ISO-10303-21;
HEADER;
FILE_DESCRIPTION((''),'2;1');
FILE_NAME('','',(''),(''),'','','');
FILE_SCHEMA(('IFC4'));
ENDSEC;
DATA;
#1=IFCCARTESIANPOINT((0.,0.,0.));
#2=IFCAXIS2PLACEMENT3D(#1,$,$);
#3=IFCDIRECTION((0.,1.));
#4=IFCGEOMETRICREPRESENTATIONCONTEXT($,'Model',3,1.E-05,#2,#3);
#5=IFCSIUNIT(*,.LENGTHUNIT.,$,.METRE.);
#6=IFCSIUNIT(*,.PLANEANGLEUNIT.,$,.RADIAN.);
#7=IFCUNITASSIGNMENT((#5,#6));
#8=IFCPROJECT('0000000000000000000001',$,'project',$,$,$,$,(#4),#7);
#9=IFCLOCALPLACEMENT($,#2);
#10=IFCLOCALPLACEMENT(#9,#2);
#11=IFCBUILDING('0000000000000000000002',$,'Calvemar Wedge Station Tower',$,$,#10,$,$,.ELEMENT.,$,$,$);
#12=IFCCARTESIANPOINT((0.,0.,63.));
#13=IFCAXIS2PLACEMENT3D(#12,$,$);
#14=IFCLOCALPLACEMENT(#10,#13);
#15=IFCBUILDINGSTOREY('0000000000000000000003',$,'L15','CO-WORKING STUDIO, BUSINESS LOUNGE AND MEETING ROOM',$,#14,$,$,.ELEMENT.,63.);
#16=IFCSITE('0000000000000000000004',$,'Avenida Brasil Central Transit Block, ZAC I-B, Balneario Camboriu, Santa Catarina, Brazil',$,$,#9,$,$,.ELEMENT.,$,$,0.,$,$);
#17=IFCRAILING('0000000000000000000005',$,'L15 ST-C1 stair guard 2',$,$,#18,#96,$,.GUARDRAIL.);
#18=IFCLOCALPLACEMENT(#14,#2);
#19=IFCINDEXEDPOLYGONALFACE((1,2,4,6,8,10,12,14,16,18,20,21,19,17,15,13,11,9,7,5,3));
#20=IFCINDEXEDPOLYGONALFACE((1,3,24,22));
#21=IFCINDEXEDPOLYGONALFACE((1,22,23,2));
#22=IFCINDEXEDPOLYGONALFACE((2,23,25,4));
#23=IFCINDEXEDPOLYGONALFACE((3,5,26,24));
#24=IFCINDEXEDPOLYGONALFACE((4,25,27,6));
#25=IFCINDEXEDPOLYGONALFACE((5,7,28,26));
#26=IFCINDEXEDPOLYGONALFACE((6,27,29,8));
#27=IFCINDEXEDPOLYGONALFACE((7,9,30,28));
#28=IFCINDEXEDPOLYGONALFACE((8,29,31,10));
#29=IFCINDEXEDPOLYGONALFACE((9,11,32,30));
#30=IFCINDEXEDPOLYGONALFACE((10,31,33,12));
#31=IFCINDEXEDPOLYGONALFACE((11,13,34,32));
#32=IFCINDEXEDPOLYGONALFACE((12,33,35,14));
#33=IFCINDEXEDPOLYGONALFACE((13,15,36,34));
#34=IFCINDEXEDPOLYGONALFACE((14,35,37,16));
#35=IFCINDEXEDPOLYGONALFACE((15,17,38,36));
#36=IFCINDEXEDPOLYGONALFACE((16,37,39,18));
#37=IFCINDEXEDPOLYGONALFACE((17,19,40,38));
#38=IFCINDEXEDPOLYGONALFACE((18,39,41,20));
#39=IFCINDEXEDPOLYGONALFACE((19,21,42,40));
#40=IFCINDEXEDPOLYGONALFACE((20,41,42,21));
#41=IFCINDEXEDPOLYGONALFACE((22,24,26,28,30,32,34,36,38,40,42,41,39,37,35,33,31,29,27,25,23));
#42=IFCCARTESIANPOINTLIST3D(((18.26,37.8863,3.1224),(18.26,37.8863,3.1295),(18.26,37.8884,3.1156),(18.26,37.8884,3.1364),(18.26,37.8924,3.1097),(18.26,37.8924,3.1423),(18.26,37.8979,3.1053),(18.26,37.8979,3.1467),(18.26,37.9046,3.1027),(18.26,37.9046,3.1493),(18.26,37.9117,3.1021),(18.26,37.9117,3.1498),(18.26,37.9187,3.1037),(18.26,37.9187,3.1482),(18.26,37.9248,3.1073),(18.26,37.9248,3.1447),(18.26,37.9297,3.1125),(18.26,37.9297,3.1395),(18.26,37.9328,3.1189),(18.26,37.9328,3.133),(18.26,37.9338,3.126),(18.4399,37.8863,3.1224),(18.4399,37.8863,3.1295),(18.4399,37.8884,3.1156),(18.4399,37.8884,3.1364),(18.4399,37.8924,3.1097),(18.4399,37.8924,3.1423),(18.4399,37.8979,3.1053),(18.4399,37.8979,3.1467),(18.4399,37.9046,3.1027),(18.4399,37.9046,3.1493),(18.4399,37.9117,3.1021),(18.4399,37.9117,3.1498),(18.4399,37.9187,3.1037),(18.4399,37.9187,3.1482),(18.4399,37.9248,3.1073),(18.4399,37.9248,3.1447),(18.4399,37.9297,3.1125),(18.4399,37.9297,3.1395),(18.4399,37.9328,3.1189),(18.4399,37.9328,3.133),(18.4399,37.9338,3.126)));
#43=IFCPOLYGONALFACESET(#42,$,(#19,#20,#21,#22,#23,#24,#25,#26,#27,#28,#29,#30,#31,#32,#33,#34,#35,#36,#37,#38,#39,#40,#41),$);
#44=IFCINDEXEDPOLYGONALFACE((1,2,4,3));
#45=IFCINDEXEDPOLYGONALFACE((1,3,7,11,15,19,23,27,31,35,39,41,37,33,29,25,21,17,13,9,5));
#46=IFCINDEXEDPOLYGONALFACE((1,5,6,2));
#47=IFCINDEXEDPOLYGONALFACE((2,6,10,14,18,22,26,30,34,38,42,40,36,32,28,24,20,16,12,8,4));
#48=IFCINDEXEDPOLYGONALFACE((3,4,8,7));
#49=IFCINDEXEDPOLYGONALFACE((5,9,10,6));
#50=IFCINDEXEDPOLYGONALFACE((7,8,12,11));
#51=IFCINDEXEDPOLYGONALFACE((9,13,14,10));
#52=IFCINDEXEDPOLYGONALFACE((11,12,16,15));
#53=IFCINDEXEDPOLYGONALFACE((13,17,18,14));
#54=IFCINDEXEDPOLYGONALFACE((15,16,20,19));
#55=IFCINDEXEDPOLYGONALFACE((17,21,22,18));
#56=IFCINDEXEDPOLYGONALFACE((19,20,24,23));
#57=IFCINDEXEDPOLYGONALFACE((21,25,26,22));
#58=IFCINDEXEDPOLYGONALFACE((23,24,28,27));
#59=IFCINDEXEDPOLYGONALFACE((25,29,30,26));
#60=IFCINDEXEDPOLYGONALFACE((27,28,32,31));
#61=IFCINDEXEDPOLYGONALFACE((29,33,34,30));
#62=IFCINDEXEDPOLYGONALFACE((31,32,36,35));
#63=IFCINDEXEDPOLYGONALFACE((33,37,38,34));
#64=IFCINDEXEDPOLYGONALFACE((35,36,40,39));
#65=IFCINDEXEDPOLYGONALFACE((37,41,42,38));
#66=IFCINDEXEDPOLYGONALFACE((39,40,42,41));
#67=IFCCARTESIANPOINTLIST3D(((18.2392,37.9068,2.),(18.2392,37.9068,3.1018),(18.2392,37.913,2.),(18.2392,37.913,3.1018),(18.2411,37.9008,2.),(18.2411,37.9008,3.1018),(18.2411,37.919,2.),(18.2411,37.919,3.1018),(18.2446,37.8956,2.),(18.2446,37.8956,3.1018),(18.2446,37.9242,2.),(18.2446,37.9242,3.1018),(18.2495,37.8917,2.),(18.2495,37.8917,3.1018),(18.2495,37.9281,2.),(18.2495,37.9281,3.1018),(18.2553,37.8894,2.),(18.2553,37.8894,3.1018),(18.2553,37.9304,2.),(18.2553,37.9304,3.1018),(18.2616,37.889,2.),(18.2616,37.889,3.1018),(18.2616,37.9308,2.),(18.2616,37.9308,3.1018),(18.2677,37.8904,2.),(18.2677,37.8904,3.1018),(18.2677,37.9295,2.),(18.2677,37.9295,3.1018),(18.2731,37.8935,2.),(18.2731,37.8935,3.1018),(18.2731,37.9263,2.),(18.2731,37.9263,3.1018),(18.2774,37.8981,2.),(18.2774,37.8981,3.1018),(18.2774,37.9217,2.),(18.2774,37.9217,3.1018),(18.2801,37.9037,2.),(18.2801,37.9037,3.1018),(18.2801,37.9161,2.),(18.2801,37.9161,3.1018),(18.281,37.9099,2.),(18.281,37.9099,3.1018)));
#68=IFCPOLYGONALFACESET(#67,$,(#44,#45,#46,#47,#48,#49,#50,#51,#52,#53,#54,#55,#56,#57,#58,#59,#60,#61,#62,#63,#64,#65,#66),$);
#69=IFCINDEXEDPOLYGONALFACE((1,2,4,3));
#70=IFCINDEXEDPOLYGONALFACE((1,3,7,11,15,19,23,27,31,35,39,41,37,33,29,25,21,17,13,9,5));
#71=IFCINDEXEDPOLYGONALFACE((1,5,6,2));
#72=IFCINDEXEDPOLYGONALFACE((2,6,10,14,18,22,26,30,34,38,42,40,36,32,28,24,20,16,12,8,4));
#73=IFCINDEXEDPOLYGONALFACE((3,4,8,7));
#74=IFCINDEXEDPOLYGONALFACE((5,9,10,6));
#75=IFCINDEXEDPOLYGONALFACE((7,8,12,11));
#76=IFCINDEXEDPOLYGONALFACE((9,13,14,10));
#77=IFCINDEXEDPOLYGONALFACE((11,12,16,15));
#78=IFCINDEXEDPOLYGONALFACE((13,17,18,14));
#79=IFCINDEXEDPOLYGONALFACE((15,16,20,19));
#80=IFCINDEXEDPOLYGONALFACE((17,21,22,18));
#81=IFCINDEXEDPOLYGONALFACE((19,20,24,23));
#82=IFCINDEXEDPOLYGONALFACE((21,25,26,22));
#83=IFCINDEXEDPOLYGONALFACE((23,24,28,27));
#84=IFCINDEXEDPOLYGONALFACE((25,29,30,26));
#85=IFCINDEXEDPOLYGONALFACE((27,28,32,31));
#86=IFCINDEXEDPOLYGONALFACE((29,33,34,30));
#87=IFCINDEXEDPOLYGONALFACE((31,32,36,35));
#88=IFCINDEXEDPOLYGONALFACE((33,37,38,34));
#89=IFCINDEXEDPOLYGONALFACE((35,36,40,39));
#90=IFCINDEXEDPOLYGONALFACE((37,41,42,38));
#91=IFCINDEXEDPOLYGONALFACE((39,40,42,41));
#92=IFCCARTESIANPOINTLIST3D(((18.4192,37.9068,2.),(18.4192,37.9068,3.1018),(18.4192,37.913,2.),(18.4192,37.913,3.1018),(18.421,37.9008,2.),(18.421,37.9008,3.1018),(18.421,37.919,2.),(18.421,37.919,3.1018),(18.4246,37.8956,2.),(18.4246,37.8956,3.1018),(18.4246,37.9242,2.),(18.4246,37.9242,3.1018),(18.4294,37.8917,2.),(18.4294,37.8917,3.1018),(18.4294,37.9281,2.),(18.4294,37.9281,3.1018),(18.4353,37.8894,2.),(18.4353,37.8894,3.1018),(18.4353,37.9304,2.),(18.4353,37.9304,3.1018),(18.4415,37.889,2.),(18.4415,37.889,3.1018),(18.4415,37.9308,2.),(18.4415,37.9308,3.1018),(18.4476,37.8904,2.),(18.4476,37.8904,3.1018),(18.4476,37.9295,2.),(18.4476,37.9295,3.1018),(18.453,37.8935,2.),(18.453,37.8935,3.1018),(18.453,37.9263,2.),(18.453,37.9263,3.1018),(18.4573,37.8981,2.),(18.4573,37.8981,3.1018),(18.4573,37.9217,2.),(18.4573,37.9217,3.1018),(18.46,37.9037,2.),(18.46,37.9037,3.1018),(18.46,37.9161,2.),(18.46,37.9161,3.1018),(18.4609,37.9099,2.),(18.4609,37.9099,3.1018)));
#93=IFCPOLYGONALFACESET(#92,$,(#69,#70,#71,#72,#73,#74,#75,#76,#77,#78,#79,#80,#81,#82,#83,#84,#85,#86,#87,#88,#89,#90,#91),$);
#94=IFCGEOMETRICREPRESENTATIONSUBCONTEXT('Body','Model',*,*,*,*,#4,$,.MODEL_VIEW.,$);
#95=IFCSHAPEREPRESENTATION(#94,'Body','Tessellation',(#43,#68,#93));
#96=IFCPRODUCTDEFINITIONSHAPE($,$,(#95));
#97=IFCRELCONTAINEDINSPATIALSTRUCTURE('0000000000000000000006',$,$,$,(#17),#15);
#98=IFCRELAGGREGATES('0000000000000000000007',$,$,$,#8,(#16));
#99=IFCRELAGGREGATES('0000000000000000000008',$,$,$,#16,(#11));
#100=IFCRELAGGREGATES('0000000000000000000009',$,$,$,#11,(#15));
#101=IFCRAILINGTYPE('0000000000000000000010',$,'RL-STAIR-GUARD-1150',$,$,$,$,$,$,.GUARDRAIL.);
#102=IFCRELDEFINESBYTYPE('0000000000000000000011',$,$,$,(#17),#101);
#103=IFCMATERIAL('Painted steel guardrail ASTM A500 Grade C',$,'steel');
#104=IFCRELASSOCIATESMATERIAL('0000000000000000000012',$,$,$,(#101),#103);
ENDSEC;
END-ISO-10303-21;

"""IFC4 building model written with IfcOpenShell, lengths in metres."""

from ifc_helpers import new_model, si_unit, direction, frame, origin, origin_2d, place, context, subcontext, project, spatial, circle, extrude, material, type_object, element, save


model = new_model("IFC4")

# Units and contexts
model_context = context("Model", 3, precision=1e-05, world=origin(), true_north=direction((0.0, 1.0)))
body_context = subcontext(model_context, "Body", "Model", "MODEL_VIEW")
ifc_project = project(units=[si_unit("LENGTHUNIT", "METRE"), si_unit("PLANEANGLEUNIT", "RADIAN")], contexts=[model_context])

# Site, building, storey
site_placement = place(None, origin())
site = spatial("IfcSite", under=ifc_project, at=site_placement, Name="Avenida Brasil Central Transit Block, ZAC I-B, Balneario Camboriu, Santa Catarina, Brazil", CompositionType="ELEMENT", RefElevation=0.0)
building_placement = place(site_placement, origin())
building = spatial("IfcBuilding", under=site, at=building_placement, Name="Calvemar Wedge Station Tower", CompositionType="ELEMENT")
storey_placement = place(building_placement, frame((0.0, 0.0, 63.0)))
storey = spatial("IfcBuildingStorey", under=building, at=storey_placement, Name="L15", Description="CO-WORKING STUDIO, BUSINESS LOUNGE AND MEETING ROOM", CompositionType="ELEMENT", Elevation=63.0)

# Railing
ifc_material_1 = material(Name="Painted steel guardrail ASTM A500 Grade C", Category="steel")
railing_type_1 = type_object("IfcRailingType", Name="RL-STAIR-GUARD-1150", PredefinedType="GUARDRAIL", material=ifc_material_1)
railing_1_placement = place(storey_placement, frame((18.26, 37.9099, 2.0)))
element("IfcRailing", 1, at=railing_1_placement, inside=storey, type_object=railing_type_1, Name="L15 ST-C1 stair guard 2", PredefinedType="GUARDRAIL", context=body_context, shape_type="SweptSolid", body=[
    extrude(circle(Radius=0.0239, at=origin_2d()), frame((0.0, 0.0, 1.126), z_axis=(1.0, 0.0, 0.0), x_axis=(0.0, 1.0, 0.0)), (0.0, 0.0, 1.0), 0.1799),
    extrude(circle(Radius=0.021, at=origin_2d()), origin(), (0.0, 0.0, 1.0), 1.1018),
    extrude(circle(Radius=0.021, at=origin_2d()), frame((0.1799, 0.0, 0.0)), (0.0, 0.0, 1.0), 1.1018),
])

save(model, "model.ifc")
